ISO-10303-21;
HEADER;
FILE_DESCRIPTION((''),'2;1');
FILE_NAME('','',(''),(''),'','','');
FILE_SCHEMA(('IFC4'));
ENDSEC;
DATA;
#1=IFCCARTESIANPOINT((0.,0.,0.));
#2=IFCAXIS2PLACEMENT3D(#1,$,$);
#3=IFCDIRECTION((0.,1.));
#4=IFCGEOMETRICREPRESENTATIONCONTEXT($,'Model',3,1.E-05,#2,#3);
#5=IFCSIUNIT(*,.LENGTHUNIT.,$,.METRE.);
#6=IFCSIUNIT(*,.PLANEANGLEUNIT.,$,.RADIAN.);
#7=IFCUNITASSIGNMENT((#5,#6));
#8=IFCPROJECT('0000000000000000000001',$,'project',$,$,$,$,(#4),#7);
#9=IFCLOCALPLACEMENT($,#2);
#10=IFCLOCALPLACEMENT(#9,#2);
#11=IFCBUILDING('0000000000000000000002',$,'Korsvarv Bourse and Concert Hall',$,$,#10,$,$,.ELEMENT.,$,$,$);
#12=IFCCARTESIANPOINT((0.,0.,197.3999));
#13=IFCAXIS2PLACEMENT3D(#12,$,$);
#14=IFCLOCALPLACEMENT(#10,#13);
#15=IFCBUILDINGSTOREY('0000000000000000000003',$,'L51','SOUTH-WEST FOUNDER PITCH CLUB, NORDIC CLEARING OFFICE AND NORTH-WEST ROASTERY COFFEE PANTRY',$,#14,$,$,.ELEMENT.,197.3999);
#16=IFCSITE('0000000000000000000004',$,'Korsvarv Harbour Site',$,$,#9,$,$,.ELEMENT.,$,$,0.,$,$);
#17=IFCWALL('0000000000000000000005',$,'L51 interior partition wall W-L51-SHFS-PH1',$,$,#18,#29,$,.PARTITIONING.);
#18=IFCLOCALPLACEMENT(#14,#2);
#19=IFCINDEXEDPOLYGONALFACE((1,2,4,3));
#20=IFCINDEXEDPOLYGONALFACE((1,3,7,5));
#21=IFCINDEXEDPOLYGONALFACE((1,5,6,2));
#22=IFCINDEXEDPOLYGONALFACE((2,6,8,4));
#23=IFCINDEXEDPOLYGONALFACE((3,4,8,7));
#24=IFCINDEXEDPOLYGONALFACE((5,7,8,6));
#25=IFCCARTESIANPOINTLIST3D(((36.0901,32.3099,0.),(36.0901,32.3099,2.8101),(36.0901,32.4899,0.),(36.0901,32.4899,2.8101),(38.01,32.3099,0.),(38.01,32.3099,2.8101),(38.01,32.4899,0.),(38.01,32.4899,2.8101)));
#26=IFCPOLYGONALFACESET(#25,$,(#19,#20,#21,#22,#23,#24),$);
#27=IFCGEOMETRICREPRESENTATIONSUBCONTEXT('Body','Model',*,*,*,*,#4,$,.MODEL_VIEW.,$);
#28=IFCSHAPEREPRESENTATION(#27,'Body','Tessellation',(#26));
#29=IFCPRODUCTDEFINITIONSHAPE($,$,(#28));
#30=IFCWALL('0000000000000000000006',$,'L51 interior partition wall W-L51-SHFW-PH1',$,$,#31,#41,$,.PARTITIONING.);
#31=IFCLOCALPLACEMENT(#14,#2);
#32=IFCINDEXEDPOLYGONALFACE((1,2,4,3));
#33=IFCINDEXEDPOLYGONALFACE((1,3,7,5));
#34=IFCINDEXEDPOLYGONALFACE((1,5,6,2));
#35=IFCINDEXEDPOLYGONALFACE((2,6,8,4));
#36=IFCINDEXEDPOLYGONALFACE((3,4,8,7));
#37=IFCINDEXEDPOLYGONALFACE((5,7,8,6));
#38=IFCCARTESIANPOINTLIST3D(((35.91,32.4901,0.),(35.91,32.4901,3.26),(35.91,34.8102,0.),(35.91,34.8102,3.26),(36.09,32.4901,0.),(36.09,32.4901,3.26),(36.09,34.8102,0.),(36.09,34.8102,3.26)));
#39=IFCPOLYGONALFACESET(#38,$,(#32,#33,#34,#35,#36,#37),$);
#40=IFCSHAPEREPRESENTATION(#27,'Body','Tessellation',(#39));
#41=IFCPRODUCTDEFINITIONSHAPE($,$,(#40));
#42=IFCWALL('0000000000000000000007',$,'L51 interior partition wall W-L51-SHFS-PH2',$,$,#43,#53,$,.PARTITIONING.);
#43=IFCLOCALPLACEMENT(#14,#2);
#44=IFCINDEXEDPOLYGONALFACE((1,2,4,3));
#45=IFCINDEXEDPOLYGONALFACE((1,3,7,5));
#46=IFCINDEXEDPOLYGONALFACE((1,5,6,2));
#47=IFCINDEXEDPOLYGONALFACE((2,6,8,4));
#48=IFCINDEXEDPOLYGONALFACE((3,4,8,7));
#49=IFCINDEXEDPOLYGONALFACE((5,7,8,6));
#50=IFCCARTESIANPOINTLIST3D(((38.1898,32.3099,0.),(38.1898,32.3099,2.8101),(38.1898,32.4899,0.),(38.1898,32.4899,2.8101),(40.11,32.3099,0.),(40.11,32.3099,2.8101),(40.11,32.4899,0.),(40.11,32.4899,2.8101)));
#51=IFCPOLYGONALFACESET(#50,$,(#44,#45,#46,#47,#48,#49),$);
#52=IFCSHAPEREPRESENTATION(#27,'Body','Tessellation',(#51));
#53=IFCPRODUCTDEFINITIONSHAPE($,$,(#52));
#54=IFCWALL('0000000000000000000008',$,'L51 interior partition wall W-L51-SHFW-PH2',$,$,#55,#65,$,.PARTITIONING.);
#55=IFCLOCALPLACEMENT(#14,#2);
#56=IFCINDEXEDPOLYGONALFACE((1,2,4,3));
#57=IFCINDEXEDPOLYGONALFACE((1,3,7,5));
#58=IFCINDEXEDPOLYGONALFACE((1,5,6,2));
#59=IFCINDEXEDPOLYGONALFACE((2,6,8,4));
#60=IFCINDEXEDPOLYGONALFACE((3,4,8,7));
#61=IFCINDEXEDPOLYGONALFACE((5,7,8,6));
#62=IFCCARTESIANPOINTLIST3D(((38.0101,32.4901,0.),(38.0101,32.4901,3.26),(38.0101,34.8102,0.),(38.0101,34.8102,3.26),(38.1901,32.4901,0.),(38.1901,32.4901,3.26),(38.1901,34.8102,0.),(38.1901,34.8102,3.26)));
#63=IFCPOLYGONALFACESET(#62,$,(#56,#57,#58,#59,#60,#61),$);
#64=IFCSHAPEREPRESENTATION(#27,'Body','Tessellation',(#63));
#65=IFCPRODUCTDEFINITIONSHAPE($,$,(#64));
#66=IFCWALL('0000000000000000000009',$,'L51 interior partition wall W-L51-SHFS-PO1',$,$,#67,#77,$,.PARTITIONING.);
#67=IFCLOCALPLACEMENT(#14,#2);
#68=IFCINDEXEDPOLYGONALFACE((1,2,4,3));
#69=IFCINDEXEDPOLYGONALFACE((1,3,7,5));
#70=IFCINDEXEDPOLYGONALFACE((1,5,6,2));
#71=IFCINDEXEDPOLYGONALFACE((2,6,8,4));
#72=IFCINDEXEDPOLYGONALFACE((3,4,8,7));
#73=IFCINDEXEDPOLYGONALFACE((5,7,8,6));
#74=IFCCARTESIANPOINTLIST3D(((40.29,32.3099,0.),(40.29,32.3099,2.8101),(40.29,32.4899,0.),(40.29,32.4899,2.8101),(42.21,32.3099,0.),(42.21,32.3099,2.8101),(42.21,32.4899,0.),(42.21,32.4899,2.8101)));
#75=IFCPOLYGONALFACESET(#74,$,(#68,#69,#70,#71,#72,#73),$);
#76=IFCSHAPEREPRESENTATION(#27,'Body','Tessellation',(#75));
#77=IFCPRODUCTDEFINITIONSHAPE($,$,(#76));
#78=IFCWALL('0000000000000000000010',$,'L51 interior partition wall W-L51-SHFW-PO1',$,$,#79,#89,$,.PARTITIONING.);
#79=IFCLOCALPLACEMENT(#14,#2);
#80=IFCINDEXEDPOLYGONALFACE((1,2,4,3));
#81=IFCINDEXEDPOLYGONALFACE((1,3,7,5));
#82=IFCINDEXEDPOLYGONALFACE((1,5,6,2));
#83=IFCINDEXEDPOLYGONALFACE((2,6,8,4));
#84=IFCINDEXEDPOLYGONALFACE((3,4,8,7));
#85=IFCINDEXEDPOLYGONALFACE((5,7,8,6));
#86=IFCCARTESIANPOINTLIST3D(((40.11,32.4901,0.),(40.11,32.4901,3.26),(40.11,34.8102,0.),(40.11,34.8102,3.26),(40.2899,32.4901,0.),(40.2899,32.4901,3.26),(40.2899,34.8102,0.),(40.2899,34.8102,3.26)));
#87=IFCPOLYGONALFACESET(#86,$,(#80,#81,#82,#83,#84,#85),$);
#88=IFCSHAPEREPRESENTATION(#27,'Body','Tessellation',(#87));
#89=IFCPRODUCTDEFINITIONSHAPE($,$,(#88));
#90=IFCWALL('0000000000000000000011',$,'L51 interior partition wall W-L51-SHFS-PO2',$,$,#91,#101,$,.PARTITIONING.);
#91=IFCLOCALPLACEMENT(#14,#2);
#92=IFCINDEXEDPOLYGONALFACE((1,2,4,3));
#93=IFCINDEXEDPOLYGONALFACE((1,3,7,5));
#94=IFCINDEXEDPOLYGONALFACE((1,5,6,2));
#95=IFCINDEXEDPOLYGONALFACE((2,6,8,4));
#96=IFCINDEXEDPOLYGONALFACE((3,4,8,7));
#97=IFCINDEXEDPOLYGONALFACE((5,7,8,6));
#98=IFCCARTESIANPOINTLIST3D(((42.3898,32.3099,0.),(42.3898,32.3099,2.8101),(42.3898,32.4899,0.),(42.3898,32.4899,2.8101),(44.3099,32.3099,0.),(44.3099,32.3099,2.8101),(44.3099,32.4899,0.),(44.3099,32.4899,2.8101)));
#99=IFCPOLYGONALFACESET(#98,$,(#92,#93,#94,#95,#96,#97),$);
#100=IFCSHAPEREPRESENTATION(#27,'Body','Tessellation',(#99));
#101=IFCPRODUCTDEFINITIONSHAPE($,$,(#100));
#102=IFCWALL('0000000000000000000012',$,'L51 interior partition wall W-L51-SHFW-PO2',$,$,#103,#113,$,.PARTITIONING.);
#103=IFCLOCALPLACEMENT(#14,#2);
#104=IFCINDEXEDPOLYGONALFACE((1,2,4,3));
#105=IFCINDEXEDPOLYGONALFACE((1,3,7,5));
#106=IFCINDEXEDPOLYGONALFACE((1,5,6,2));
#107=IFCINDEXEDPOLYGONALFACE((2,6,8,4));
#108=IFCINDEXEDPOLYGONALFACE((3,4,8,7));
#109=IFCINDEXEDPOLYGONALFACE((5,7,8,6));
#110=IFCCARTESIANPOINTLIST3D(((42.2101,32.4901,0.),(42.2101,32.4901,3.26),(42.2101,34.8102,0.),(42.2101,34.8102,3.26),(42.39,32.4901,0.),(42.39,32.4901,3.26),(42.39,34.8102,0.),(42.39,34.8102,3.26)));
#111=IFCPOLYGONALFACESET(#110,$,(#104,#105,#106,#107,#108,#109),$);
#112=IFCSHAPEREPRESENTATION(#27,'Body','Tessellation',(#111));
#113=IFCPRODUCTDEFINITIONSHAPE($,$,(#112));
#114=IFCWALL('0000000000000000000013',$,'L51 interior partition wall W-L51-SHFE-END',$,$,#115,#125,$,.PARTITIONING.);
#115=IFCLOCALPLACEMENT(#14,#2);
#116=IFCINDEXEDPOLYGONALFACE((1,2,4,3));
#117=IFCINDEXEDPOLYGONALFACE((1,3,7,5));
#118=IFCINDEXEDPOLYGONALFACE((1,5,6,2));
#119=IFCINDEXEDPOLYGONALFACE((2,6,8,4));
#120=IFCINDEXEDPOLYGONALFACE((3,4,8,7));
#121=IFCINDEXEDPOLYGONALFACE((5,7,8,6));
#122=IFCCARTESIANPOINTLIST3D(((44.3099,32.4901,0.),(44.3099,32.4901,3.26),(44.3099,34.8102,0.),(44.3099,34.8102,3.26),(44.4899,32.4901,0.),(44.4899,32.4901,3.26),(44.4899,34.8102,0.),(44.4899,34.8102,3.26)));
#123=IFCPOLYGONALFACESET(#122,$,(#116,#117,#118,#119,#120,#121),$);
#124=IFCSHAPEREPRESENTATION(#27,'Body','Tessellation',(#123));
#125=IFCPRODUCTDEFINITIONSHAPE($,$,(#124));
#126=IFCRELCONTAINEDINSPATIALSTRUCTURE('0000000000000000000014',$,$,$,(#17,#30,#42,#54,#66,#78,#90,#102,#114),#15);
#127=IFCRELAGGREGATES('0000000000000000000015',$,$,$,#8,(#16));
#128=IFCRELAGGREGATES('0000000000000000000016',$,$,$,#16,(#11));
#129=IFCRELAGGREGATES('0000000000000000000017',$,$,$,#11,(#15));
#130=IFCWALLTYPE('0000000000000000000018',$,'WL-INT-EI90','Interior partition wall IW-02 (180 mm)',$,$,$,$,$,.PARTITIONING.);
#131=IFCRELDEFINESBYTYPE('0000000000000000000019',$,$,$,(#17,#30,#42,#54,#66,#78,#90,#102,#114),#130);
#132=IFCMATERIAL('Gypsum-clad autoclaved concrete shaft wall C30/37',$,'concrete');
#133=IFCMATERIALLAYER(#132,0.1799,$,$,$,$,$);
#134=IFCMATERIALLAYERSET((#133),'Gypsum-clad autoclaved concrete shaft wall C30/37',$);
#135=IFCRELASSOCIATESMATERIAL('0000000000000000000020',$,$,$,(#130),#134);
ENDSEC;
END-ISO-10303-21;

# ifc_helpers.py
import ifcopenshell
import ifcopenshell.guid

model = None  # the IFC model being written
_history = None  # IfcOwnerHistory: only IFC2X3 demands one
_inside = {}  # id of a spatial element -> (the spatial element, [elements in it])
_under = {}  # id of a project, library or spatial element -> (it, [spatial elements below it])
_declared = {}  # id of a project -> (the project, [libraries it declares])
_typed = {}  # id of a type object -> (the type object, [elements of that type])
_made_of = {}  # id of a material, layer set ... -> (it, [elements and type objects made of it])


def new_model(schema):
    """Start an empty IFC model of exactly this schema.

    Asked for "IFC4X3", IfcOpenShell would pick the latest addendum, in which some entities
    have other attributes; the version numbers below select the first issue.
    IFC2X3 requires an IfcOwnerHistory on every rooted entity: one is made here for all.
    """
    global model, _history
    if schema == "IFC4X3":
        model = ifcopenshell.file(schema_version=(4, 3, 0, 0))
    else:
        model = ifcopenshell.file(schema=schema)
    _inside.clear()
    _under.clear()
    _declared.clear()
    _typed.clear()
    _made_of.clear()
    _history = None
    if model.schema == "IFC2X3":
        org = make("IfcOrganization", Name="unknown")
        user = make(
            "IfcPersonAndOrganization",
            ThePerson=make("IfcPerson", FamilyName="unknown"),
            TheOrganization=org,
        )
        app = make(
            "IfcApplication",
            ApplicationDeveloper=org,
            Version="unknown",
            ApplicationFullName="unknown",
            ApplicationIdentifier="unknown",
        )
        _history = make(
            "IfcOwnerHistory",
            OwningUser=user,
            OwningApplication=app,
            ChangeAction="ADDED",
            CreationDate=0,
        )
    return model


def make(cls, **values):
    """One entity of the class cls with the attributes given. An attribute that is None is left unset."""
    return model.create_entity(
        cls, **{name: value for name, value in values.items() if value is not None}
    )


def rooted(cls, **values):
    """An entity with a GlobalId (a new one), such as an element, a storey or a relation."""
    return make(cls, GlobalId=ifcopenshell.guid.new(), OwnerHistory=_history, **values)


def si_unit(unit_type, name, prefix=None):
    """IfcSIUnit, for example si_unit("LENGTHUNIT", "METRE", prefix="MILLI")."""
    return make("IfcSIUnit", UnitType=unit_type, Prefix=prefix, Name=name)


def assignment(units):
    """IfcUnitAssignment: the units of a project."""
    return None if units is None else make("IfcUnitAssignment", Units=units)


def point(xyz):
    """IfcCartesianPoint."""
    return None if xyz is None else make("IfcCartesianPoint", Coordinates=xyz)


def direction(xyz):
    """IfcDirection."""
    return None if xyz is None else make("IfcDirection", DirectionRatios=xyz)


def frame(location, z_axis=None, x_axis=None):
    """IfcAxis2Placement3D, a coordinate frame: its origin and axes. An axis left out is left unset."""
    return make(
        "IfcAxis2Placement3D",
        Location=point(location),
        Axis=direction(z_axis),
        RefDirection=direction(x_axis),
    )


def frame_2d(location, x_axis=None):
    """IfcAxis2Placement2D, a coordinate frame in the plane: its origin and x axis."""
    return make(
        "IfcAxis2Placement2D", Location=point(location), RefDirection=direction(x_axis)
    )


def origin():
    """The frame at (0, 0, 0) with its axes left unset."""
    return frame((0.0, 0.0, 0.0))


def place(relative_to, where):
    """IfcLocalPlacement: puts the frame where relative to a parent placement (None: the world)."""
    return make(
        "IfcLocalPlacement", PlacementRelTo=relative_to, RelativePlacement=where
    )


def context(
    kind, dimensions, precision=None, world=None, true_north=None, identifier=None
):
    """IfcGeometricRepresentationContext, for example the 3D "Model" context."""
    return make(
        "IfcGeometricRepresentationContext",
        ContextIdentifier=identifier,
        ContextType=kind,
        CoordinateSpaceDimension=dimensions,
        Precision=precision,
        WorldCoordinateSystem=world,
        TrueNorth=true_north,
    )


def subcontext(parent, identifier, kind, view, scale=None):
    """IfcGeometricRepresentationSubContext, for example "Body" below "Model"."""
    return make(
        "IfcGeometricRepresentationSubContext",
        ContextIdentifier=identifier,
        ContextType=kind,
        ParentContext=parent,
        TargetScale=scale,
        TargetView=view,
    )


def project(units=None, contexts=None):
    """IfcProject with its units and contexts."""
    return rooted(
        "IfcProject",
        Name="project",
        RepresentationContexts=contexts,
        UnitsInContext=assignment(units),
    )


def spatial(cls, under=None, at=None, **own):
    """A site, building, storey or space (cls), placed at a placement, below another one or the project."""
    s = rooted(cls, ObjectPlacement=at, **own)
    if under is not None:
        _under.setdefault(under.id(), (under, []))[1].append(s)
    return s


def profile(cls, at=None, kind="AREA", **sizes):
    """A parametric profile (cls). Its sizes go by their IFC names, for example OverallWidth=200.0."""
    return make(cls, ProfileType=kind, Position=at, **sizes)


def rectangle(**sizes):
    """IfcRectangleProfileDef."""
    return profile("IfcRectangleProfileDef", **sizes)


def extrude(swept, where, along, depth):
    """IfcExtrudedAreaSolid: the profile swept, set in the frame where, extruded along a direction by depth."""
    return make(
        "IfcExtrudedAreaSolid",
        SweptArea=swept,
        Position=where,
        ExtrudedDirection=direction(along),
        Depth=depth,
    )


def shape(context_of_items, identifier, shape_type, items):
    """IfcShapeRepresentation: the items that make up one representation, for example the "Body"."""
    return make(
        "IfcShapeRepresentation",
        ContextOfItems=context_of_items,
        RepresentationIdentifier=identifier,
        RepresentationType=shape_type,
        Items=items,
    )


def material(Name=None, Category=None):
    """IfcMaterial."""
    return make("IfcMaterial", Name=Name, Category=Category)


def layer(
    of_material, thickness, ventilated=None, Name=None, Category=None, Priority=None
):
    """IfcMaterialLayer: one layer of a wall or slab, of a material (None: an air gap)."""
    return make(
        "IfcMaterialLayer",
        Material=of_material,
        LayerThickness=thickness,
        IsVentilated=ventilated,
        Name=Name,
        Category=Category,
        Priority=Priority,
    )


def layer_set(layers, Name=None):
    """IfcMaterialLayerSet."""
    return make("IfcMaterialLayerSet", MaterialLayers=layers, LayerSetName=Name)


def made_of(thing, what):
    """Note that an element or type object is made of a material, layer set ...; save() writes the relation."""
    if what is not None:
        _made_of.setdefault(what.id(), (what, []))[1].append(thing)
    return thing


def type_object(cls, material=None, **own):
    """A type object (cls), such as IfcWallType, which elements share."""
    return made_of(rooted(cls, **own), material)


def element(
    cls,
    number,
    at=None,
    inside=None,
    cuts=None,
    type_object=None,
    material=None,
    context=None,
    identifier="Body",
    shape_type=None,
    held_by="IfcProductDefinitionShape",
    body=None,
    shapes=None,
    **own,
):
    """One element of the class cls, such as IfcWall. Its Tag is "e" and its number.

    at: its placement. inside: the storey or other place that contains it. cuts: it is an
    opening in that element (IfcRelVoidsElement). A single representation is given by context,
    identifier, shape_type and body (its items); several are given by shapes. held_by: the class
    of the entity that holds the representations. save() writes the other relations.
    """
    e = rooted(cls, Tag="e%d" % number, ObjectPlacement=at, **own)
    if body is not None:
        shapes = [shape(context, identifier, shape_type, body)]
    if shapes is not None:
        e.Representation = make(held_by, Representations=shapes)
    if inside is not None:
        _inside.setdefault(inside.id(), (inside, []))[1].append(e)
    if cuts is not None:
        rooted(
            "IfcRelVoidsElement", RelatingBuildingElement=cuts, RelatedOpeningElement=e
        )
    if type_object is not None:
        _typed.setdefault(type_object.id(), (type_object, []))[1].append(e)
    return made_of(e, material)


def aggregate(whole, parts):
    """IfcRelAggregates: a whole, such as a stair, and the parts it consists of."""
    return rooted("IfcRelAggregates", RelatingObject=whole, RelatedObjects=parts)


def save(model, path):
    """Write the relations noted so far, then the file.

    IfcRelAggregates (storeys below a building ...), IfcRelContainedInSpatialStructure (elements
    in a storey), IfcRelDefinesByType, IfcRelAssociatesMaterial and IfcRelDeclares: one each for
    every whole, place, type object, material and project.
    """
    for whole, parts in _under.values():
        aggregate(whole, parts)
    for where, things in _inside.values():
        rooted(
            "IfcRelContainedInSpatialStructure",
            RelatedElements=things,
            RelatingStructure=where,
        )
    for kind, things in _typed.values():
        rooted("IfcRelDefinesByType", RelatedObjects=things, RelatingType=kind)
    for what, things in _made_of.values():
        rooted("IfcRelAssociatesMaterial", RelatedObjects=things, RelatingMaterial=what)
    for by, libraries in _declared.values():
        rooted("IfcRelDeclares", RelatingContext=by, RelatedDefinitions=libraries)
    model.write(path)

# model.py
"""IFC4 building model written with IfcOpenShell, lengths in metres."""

from ifc_helpers import new_model, si_unit, direction, frame, frame_2d, origin, place, context, subcontext, project, spatial, rectangle, extrude, material, layer, layer_set, type_object, element, save


model = new_model("IFC4")

# Units and contexts
model_context = context("Model", 3, precision=1e-05, world=origin(), true_north=direction((0.0, 1.0)))
body_context = subcontext(model_context, "Body", "Model", "MODEL_VIEW")
ifc_project = project(units=[si_unit("LENGTHUNIT", "METRE"), si_unit("PLANEANGLEUNIT", "RADIAN")], contexts=[model_context])

# Site, building, storey
site_placement = place(None, origin())
site = spatial("IfcSite", under=ifc_project, at=site_placement, Name="Korsvarv Harbour Site", CompositionType="ELEMENT", RefElevation=0.0)
building_placement = place(site_placement, origin())
building = spatial("IfcBuilding", under=site, at=building_placement, Name="Korsvarv Bourse and Concert Hall", CompositionType="ELEMENT")
storey_placement = place(building_placement, frame((0.0, 0.0, 197.3999)))
storey = spatial("IfcBuildingStorey", under=building, at=storey_placement, Name="L51", Description="SOUTH-WEST FOUNDER PITCH CLUB, NORDIC CLEARING OFFICE AND NORTH-WEST ROASTERY COFFEE PANTRY", CompositionType="ELEMENT", Elevation=197.3999)

# Walls
ifc_material_1 = material(Name="Gypsum-clad autoclaved concrete shaft wall C30/37", Category="concrete")
ifc_layer_1 = layer(ifc_material_1, 0.1799)
ifc_layer_set_1 = layer_set([ifc_layer_1], Name="Gypsum-clad autoclaved concrete shaft wall C30/37")
wall_type_1 = type_object("IfcWallType", Name="WL-INT-EI90", Description="Interior partition wall IW-02 (180 mm)", PredefinedType="PARTITIONING", material=ifc_layer_set_1)
wall_1_placement = place(storey_placement, frame((36.0901, 32.3999, 0.0), z_axis=(0.0, 0.0, 1.0), x_axis=(1.0, 0.0, 0.0)))
element("IfcWall", 1, at=wall_1_placement, inside=storey, type_object=wall_type_1, Name="L51 interior partition wall W-L51-SHFS-PH1", PredefinedType="PARTITIONING", context=body_context, shape_type="SweptSolid", body=[
    extrude(rectangle(XDim=1.9199, YDim=0.1799, at=frame_2d((0.96, 0.0))), origin(), (0.0, 0.0, 1.0), 2.8101),
])
wall_2_placement = place(storey_placement, frame((36.0, 32.49, 0.0), z_axis=(0.0, 0.0, 1.0), x_axis=(0.0, 1.0, 0.0)))
element("IfcWall", 2, at=wall_2_placement, inside=storey, type_object=wall_type_1, Name="L51 interior partition wall W-L51-SHFW-PH1", PredefinedType="PARTITIONING", context=body_context, shape_type="SweptSolid", body=[
    extrude(rectangle(XDim=2.3201, YDim=0.1799, at=frame_2d((1.1602, 0.0))), origin(), (0.0, 0.0, 1.0), 3.26),
])
wall_3_placement = place(storey_placement, frame((38.1899, 32.3999, 0.0), z_axis=(0.0, 0.0, 1.0), x_axis=(1.0, 0.0, 0.0)))
element("IfcWall", 3, at=wall_3_placement, inside=storey, type_object=wall_type_1, Name="L51 interior partition wall W-L51-SHFS-PH2", PredefinedType="PARTITIONING", context=body_context, shape_type="SweptSolid", body=[
    extrude(rectangle(XDim=1.9202, YDim=0.1799, at=frame_2d((0.96, 0.0))), origin(), (0.0, 0.0, 1.0), 2.8101),
])
wall_4_placement = place(storey_placement, frame((38.1001, 32.49, 0.0), z_axis=(0.0, 0.0, 1.0), x_axis=(0.0, 1.0, 0.0)))
element("IfcWall", 4, at=wall_4_placement, inside=storey, type_object=wall_type_1, Name="L51 interior partition wall W-L51-SHFW-PH2", PredefinedType="PARTITIONING", context=body_context, shape_type="SweptSolid", body=[
    extrude(rectangle(XDim=2.3201, YDim=0.1799, at=frame_2d((1.1602, 0.0))), origin(), (0.0, 0.0, 1.0), 3.26),
])
wall_5_placement = place(storey_placement, frame((40.29, 32.3999, 0.0), z_axis=(0.0, 0.0, 1.0), x_axis=(1.0, 0.0, 0.0)))
element("IfcWall", 5, at=wall_5_placement, inside=storey, type_object=wall_type_1, Name="L51 interior partition wall W-L51-SHFS-PO1", PredefinedType="PARTITIONING", context=body_context, shape_type="SweptSolid", body=[
    extrude(rectangle(XDim=1.9199, YDim=0.1799, at=frame_2d((0.96, 0.0))), origin(), (0.0, 0.0, 1.0), 2.8101),
])
wall_6_placement = place(storey_placement, frame((40.2, 32.49, 0.0), z_axis=(0.0, 0.0, 1.0), x_axis=(0.0, 1.0, 0.0)))
element("IfcWall", 6, at=wall_6_placement, inside=storey, type_object=wall_type_1, Name="L51 interior partition wall W-L51-SHFW-PO1", PredefinedType="PARTITIONING", context=body_context, shape_type="SweptSolid", body=[
    extrude(rectangle(XDim=2.3201, YDim=0.1799, at=frame_2d((1.1602, 0.0))), origin(), (0.0, 0.0, 1.0), 3.26),
])
wall_7_placement = place(storey_placement, frame((42.3899, 32.3999, 0.0), z_axis=(0.0, 0.0, 1.0), x_axis=(1.0, 0.0, 0.0)))
element("IfcWall", 7, at=wall_7_placement, inside=storey, type_object=wall_type_1, Name="L51 interior partition wall W-L51-SHFS-PO2", PredefinedType="PARTITIONING", context=body_context, shape_type="SweptSolid", body=[
    extrude(rectangle(XDim=1.9202, YDim=0.1799, at=frame_2d((0.96, 0.0))), origin(), (0.0, 0.0, 1.0), 2.8101),
])
for number, where, z_axis, x_axis, name in (
    (8, (42.3, 32.49, 0.0), (0.0, 0.0, 1.0), (0.0, 1.0, 0.0), "L51 interior partition wall W-L51-SHFW-PO2"),
    (9, (44.3999, 32.49, 0.0), (0.0, 0.0, 1.0), (0.0, 1.0, 0.0), "L51 interior partition wall W-L51-SHFE-END"),
):
    element("IfcWall", number, at=place(storey_placement, frame(where, z_axis=z_axis, x_axis=x_axis)), inside=storey, type_object=wall_type_1, Name=name, PredefinedType="PARTITIONING", context=body_context, shape_type="SweptSolid", body=[
        extrude(rectangle(XDim=2.3201, YDim=0.1799, at=frame_2d((1.1602, 0.0))), origin(), (0.0, 0.0, 1.0), 3.26),
    ])

save(model, "model.ifc")
